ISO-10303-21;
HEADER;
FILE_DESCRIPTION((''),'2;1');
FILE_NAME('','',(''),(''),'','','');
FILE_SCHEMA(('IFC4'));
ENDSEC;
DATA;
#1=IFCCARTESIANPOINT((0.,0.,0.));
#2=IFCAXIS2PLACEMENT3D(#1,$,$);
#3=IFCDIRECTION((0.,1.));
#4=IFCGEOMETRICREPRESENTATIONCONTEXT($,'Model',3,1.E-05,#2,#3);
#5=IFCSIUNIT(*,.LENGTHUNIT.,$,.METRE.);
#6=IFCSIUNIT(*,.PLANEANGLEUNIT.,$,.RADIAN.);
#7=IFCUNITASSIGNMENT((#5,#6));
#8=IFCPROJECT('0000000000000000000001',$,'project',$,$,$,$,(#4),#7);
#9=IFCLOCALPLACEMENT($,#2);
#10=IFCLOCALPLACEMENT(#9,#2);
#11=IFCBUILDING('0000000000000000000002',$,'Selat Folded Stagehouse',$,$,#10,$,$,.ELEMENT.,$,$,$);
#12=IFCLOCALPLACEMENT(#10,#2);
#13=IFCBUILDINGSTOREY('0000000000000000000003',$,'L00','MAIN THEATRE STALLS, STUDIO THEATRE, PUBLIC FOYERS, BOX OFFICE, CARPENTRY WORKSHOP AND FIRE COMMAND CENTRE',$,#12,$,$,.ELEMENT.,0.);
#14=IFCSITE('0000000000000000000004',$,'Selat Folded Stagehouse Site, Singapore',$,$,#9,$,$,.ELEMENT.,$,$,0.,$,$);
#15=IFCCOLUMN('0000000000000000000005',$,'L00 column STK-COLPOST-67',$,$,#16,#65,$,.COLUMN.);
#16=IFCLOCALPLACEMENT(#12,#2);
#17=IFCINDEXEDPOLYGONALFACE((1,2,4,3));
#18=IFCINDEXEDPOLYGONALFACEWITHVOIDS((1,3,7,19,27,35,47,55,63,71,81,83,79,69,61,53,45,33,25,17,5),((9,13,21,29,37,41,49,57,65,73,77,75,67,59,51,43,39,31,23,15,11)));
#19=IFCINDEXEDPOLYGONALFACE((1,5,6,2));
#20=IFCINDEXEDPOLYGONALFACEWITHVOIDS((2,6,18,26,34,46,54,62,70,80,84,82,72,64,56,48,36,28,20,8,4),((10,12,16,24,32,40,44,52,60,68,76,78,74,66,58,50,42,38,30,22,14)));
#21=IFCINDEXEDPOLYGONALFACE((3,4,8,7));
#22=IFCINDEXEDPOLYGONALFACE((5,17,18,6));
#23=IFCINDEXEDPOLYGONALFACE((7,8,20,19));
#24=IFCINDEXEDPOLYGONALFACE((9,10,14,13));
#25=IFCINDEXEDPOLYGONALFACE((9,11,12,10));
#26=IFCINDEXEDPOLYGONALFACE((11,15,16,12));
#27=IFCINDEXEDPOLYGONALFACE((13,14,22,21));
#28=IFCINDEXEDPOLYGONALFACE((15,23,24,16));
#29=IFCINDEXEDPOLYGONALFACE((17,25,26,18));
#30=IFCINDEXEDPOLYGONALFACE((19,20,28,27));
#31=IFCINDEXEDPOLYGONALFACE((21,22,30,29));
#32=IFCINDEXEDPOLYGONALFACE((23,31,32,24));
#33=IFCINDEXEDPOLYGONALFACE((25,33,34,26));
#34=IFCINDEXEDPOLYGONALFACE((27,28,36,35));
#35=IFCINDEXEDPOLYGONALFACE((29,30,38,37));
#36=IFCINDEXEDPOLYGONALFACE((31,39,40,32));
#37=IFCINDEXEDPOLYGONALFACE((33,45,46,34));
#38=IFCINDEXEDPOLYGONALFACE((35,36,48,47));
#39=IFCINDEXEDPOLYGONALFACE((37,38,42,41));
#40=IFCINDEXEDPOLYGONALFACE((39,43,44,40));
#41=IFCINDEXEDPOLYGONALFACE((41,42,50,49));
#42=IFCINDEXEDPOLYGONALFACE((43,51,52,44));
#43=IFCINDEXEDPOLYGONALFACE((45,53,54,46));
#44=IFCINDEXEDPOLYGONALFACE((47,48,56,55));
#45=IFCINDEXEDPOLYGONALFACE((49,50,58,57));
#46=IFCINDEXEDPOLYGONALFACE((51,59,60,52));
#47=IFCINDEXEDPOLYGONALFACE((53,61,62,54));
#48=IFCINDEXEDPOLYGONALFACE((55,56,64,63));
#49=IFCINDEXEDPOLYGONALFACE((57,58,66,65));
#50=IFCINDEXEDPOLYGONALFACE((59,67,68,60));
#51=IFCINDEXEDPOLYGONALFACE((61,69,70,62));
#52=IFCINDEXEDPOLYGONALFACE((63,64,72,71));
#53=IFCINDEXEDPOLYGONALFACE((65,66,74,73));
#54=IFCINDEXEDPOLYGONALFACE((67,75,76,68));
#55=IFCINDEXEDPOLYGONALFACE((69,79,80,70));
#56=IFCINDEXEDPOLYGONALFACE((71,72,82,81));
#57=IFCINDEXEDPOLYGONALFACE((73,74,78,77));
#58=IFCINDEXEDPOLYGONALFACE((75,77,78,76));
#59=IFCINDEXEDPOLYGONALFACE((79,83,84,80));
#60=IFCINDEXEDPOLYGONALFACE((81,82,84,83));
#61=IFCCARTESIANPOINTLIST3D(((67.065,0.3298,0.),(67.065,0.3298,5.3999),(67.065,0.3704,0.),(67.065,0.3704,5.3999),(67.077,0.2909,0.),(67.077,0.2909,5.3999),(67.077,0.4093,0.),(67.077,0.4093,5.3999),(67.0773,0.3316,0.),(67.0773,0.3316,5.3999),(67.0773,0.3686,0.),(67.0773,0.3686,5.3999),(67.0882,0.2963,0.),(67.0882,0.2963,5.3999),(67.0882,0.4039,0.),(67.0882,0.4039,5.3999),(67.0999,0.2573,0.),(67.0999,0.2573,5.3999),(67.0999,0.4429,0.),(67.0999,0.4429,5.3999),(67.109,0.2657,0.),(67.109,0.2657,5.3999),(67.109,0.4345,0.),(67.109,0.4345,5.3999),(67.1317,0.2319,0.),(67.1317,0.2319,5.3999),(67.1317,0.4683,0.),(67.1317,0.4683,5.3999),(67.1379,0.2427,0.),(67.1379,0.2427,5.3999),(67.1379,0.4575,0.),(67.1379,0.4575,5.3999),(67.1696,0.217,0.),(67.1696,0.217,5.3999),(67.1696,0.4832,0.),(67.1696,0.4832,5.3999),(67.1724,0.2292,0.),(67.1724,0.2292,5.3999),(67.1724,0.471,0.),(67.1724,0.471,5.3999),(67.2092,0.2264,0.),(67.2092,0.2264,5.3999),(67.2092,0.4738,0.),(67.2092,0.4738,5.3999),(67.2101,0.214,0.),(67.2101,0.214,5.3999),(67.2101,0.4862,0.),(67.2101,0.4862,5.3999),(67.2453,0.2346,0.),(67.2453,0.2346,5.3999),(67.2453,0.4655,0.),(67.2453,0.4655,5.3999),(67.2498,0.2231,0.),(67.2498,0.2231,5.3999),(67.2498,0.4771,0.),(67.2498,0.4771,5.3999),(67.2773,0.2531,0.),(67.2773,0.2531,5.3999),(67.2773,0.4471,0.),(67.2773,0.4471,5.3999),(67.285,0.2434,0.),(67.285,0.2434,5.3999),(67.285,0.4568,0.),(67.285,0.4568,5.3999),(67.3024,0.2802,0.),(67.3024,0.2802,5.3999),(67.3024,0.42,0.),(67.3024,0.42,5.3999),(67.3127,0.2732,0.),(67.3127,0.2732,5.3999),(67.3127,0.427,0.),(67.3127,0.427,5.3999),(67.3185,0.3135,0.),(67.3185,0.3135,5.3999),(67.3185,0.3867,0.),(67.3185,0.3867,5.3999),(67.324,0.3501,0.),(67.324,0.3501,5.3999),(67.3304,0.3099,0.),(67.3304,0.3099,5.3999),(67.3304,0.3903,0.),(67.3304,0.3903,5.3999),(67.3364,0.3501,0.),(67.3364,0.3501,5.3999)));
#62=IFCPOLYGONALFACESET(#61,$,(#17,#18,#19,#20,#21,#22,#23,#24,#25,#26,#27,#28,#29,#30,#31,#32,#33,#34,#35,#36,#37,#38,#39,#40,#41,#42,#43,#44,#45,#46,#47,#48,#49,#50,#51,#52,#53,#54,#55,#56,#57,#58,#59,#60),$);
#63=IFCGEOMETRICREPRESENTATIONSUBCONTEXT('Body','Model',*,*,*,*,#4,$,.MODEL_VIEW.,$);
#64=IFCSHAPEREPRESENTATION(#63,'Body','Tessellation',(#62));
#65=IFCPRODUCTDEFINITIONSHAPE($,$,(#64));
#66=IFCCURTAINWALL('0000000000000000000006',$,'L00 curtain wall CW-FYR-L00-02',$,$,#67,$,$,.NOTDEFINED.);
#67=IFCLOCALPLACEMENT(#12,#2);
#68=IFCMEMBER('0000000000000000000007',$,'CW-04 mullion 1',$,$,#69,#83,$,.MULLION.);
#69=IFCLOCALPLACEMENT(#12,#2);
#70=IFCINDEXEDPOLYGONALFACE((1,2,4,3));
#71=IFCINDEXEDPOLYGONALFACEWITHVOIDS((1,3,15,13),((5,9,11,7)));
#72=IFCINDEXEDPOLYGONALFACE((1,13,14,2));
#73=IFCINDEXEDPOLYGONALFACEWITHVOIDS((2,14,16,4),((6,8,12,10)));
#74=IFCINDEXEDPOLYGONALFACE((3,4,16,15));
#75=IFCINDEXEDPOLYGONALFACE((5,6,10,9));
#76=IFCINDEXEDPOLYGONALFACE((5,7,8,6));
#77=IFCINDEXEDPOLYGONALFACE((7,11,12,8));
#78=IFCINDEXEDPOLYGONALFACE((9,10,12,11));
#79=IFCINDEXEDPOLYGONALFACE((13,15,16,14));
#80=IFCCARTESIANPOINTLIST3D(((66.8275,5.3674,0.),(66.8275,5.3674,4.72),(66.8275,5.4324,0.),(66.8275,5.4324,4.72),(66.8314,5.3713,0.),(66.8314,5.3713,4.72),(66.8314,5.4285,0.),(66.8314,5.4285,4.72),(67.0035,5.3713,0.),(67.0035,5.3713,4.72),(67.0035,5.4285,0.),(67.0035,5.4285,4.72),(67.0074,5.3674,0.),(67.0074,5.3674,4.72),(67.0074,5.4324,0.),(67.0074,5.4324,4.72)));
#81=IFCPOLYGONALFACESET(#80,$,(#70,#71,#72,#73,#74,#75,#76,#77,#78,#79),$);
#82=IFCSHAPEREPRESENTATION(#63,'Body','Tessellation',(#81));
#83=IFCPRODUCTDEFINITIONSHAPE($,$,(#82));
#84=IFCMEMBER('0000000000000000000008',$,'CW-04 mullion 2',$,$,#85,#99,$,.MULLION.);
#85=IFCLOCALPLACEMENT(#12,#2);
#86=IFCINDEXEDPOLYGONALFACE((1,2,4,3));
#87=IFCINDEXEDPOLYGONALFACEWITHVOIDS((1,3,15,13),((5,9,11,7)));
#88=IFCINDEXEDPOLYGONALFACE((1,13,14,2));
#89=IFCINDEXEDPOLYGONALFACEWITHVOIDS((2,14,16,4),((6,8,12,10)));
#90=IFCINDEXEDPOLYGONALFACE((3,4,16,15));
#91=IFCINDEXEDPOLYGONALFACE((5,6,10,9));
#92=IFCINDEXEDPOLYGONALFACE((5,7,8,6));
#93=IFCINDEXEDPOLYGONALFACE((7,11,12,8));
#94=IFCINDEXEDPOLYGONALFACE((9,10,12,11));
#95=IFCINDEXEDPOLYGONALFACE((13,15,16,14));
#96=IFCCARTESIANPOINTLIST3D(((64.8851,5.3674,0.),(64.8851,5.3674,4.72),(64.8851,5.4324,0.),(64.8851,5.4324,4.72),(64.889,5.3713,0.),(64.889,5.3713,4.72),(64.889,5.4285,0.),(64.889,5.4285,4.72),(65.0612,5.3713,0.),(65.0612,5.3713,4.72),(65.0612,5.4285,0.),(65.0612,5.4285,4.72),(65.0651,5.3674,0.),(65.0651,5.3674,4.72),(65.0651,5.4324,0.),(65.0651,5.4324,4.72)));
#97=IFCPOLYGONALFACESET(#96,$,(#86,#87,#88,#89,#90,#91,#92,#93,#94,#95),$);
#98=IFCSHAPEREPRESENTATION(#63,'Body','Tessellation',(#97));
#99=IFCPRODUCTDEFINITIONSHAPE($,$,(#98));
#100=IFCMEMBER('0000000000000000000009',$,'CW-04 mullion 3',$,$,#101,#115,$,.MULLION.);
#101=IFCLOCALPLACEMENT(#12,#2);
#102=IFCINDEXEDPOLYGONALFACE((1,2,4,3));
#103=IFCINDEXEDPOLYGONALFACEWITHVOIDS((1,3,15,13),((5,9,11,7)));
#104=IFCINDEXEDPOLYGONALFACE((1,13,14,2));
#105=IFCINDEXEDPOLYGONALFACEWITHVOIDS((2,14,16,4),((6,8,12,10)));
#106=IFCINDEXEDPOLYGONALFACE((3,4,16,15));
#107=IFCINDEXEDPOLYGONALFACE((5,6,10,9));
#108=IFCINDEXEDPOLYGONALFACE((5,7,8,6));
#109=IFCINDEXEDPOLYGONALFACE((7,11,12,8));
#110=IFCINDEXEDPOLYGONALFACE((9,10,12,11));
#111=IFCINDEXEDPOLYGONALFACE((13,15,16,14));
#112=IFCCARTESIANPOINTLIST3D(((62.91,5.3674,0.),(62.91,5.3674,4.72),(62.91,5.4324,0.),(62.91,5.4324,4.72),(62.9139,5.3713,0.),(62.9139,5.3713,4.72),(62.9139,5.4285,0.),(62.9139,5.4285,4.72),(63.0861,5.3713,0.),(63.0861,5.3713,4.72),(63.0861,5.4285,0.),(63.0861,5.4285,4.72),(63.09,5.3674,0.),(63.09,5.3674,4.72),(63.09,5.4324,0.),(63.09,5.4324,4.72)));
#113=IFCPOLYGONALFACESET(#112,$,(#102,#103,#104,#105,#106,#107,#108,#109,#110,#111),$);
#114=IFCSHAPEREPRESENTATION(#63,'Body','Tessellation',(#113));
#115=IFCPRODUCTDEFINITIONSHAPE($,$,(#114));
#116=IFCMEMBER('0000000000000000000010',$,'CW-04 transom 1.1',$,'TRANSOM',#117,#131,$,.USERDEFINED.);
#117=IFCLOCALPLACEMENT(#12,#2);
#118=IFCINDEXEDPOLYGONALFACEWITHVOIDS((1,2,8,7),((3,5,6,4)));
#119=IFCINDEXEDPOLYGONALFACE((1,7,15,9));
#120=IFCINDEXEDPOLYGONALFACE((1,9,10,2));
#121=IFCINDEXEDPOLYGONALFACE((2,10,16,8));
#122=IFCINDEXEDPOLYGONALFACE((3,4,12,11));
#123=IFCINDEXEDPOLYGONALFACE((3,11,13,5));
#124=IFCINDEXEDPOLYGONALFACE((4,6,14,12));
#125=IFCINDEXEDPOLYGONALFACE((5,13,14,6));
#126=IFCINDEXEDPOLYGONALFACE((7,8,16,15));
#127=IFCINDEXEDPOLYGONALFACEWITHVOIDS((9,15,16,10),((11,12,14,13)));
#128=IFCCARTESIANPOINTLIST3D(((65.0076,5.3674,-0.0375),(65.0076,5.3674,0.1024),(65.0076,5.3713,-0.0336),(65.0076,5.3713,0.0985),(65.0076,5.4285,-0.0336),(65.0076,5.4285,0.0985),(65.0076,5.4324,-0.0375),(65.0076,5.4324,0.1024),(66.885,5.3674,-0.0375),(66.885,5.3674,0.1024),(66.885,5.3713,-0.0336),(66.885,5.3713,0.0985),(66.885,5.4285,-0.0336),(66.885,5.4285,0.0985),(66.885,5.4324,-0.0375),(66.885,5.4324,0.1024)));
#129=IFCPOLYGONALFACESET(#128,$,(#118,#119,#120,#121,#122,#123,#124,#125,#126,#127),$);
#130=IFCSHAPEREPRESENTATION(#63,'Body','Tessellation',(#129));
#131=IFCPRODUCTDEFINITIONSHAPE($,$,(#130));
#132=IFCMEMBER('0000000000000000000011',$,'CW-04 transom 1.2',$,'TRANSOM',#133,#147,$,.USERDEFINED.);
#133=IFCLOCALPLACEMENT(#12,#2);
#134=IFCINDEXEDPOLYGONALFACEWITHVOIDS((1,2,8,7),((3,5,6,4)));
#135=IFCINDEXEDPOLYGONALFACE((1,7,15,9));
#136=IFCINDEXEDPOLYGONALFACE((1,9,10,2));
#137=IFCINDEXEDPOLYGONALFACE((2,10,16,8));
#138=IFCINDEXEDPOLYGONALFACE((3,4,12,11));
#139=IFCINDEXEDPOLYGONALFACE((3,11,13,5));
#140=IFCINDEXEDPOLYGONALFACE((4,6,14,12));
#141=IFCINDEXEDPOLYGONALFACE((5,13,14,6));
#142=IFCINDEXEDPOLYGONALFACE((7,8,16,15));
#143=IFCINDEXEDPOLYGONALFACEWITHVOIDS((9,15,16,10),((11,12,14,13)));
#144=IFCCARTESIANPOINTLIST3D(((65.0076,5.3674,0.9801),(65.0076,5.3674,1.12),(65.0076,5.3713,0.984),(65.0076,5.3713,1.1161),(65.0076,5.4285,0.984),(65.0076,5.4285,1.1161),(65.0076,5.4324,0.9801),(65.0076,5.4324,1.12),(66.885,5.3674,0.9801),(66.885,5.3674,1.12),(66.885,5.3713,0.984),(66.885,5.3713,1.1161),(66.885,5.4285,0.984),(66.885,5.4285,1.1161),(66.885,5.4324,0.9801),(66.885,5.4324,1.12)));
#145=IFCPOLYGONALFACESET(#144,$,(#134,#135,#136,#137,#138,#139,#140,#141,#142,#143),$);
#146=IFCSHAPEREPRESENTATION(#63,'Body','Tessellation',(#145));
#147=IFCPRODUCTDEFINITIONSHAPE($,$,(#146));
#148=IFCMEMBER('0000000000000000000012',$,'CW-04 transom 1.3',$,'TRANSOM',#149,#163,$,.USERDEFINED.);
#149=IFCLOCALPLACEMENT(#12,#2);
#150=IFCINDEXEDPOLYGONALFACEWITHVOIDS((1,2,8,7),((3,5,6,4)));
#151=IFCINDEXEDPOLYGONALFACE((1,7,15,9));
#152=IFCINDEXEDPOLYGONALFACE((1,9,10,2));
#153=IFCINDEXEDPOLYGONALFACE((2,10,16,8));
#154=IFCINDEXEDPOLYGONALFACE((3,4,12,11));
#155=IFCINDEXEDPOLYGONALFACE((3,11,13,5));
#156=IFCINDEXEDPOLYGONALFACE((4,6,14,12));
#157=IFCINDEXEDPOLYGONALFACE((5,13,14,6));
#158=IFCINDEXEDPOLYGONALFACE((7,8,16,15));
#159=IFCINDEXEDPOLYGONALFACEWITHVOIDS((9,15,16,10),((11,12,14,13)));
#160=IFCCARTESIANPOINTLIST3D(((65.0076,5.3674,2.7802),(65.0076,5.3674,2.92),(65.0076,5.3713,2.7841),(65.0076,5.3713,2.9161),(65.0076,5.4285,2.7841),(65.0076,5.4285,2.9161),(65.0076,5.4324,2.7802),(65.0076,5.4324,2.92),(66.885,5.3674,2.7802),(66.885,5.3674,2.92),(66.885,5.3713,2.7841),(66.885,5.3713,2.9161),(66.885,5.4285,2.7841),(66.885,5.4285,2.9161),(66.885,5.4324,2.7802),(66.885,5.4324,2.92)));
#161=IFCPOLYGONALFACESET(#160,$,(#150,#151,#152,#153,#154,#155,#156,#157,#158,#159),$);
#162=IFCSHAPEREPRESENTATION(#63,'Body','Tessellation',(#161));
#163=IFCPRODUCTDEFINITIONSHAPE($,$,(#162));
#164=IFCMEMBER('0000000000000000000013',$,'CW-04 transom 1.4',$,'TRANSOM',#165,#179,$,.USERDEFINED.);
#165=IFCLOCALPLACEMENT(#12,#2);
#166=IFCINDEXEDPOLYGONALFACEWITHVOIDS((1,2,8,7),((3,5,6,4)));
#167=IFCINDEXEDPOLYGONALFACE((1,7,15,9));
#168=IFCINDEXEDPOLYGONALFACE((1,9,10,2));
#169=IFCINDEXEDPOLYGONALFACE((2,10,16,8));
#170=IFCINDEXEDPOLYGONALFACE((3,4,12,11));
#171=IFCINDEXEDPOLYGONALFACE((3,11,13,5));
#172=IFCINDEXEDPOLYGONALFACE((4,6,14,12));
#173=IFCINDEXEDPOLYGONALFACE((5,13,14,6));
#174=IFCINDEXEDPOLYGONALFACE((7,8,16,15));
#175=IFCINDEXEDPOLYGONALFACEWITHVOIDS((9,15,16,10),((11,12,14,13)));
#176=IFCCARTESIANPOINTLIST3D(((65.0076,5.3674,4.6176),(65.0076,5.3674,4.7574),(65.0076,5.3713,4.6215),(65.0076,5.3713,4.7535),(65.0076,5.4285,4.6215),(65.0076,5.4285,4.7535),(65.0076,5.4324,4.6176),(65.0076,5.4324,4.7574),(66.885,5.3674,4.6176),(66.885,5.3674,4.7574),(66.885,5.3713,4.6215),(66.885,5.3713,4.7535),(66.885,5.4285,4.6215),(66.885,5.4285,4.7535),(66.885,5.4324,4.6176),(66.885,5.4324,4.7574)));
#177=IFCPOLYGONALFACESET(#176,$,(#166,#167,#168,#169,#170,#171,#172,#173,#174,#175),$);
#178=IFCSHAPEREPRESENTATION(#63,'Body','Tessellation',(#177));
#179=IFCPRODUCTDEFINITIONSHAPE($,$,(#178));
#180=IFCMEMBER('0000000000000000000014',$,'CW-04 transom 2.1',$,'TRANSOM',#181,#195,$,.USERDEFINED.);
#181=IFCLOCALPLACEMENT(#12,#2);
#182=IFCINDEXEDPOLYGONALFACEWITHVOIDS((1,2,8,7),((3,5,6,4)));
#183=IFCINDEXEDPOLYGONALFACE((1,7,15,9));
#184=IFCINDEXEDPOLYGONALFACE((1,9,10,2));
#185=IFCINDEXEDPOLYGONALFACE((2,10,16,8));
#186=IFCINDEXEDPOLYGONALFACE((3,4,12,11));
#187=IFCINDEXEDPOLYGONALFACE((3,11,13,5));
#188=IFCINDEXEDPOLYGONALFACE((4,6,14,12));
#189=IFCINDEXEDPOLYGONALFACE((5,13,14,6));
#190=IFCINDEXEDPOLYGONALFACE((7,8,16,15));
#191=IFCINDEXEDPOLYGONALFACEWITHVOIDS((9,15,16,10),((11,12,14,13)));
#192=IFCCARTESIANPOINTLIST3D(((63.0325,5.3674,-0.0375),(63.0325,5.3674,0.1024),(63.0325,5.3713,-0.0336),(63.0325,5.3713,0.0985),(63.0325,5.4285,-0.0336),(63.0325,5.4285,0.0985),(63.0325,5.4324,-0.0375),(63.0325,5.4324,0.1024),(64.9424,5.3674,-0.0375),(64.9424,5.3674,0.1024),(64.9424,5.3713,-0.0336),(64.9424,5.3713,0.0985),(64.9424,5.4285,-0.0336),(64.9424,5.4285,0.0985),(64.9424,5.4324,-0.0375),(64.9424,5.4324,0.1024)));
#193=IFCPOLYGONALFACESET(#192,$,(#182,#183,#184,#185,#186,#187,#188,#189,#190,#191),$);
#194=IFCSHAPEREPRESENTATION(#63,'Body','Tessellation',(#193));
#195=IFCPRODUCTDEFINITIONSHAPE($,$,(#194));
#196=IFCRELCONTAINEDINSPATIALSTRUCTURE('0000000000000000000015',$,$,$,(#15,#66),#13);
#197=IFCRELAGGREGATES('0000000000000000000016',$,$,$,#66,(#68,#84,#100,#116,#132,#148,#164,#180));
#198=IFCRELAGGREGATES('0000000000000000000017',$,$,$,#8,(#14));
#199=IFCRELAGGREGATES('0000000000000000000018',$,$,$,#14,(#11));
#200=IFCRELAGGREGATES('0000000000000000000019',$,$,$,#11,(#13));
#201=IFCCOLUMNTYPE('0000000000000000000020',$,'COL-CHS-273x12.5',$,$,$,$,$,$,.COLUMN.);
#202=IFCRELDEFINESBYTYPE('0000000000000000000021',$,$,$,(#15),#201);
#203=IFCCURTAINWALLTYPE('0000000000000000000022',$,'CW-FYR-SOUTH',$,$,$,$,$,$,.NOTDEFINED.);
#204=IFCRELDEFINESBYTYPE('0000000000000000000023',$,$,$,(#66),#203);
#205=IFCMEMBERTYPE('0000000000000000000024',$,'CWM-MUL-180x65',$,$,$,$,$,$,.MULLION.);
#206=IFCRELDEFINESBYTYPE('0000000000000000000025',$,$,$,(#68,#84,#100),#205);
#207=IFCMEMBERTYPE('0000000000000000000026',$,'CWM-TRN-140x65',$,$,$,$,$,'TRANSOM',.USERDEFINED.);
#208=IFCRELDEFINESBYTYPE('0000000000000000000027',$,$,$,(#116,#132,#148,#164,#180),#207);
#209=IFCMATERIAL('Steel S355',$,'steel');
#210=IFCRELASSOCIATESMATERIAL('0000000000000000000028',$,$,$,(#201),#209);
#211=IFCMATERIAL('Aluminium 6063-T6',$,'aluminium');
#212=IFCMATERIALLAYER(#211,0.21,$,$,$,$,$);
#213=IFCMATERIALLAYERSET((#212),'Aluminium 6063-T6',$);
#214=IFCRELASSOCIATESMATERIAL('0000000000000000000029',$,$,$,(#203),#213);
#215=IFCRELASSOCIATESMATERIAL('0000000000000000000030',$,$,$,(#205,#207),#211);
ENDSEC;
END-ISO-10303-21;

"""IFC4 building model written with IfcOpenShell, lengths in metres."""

from ifc_helpers import new_model, si_unit, direction, frame, origin, origin_2d, place, context, subcontext, project, spatial, hollow_rectangle, hollow_circle, extrude, material, layer, layer_set, material_profile, profile_set, type_object, element, aggregate, save


model = new_model("IFC4")

# Units and contexts
model_context = context("Model", 3, precision=1e-05, world=origin(), true_north=direction((0.0, 1.0)))
body_context = subcontext(model_context, "Body", "Model", "MODEL_VIEW")
ifc_project = project(units=[si_unit("LENGTHUNIT", "METRE"), si_unit("PLANEANGLEUNIT", "RADIAN")], contexts=[model_context])

# Site, building, storey
site_placement = place(None, origin())
site = spatial("IfcSite", under=ifc_project, at=site_placement, Name="Selat Folded Stagehouse Site, Singapore", CompositionType="ELEMENT", RefElevation=0.0)
building_placement = place(site_placement, origin())
building = spatial("IfcBuilding", under=site, at=building_placement, Name="Selat Folded Stagehouse", CompositionType="ELEMENT")
storey_placement = place(building_placement, origin())
storey = spatial("IfcBuildingStorey", under=building, at=storey_placement, Name="L00", Description="MAIN THEATRE STALLS, STUDIO THEATRE, PUBLIC FOYERS, BOX OFFICE, CARPENTRY WORKSHOP AND FIRE COMMAND CENTRE", CompositionType="ELEMENT", Elevation=0.0)

# Column
ifc_material_1 = material(Name="Steel S355", Category="steel")
ifc_material_profile_1 = material_profile(ifc_material_1, hollow_circle(Radius=0.1365, WallThickness=0.0125, at=origin_2d()), Name="CHS 273.0x12.5")
ifc_profile_set_1 = profile_set([ifc_material_profile_1], Name="Steel S355")
column_type = type_object("IfcColumnType", Name="COL-CHS-273x12.5", PredefinedType="COLUMN", material=ifc_profile_set_1)
column_placement = place(storey_placement, frame((67.2, 0.3501, 0.0), z_axis=(0.0, 0.0, 1.0), x_axis=(1.0, 0.0, 0.0)))
element("IfcColumn", 1, at=column_placement, inside=storey, type_object=column_type, Name="L00 column STK-COLPOST-67", PredefinedType="COLUMN", context=body_context, shape_type="SweptSolid", body=[
    extrude(hollow_circle(Radius=0.1365, WallThickness=0.0125, at=origin_2d()), origin(), (0.0, 0.0, 1.0), 5.3999),
])

# Curtain wall, members
ifc_material_2 = material(Name="Aluminium 6063-T6", Category="aluminium")
ifc_layer_1 = layer(ifc_material_2, 0.21)
ifc_layer_set_1 = layer_set([ifc_layer_1], Name="Aluminium 6063-T6")
curtain_wall_type = type_object("IfcCurtainWallType", Name="CW-FYR-SOUTH", PredefinedType="NOTDEFINED", material=ifc_layer_set_1)
curtain_wall_placement = place(storey_placement, origin())
curtain_wall = element("IfcCurtainWall", 2, at=curtain_wall_placement, inside=storey, type_object=curtain_wall_type, Name="L00 curtain wall CW-FYR-L00-02", PredefinedType="NOTDEFINED")
ifc_material_profile_2 = material_profile(ifc_material_2, hollow_rectangle(XDim=0.0649, YDim=0.1799, WallThickness=0.0039, at=origin_2d()), Name="ALU 180x65x4.0")
ifc_profile_set_2 = profile_set([ifc_material_profile_2], Name="Aluminium 6063-T6")
member_type_1 = type_object("IfcMemberType", Name="CWM-MUL-180x65", PredefinedType="MULLION", material=ifc_profile_set_2)
member_1_placement = place(storey_placement, frame((66.9175, 5.3999, 0.0), z_axis=(0.0, 0.0, 1.0), x_axis=(0.0, -1.0, 0.0)))
member_1 = element("IfcMember", 3, at=member_1_placement, type_object=member_type_1, Name="CW-04 mullion 1", PredefinedType="MULLION", context=body_context, shape_type="SweptSolid", body=[
    extrude(hollow_rectangle(XDim=0.0649, YDim=0.1799, WallThickness=0.0039, at=origin_2d()), origin(), (0.0, 0.0, 1.0), 4.72),
])
member_2_placement = place(storey_placement, frame((64.9751, 5.3999, 0.0), z_axis=(0.0, 0.0, 1.0), x_axis=(0.0, -1.0, 0.0)))
member_2 = element("IfcMember", 4, at=member_2_placement, type_object=member_type_1, Name="CW-04 mullion 2", PredefinedType="MULLION", context=body_context, shape_type="SweptSolid", body=[
    extrude(hollow_rectangle(XDim=0.0649, YDim=0.1799, WallThickness=0.0039, at=origin_2d()), origin(), (0.0, 0.0, 1.0), 4.72),
])
member_3_placement = place(storey_placement, frame((63.0, 5.3999, 0.0), z_axis=(0.0, 0.0, 1.0), x_axis=(0.0, -1.0, 0.0)))
member_3 = element("IfcMember", 5, at=member_3_placement, type_object=member_type_1, Name="CW-04 mullion 3", PredefinedType="MULLION", context=body_context, shape_type="SweptSolid", body=[
    extrude(hollow_rectangle(XDim=0.0649, YDim=0.1799, WallThickness=0.0039, at=origin_2d()), origin(), (0.0, 0.0, 1.0), 4.72),
])
ifc_material_profile_3 = material_profile(ifc_material_2, hollow_rectangle(XDim=0.0649, YDim=0.1399, WallThickness=0.0039, at=origin_2d()), Name="ALU 140x65x4.0")
ifc_profile_set_3 = profile_set([ifc_material_profile_3], Name="Aluminium 6063-T6")
member_type_2 = type_object("IfcMemberType", Name="CWM-TRN-140x65", ElementType="TRANSOM", PredefinedType="USERDEFINED", material=ifc_profile_set_3)
member_4_placement = place(storey_placement, frame((66.885, 5.3999, 0.0325), z_axis=(-1.0, 0.0, 0.0), x_axis=(0.0, -1.0, 0.0)))
member_4 = element("IfcMember", 6, at=member_4_placement, type_object=member_type_2, Name="CW-04 transom 1.1", ObjectType="TRANSOM", PredefinedType="USERDEFINED", context=body_context, shape_type="SweptSolid", body=[
    extrude(hollow_rectangle(XDim=0.0649, YDim=0.1399, WallThickness=0.0039, at=origin_2d()), origin(), (0.0, 0.0, 1.0), 1.8774),
])
member_5_placement = place(storey_placement, frame((66.885, 5.3999, 1.05), z_axis=(-1.0, 0.0, 0.0), x_axis=(0.0, -1.0, 0.0)))
member_5 = element("IfcMember", 7, at=member_5_placement, type_object=member_type_2, Name="CW-04 transom 1.2", ObjectType="TRANSOM", PredefinedType="USERDEFINED", context=body_context, shape_type="SweptSolid", body=[
    extrude(hollow_rectangle(XDim=0.0649, YDim=0.1399, WallThickness=0.0039, at=origin_2d()), origin(), (0.0, 0.0, 1.0), 1.8774),
])
member_6_placement = place(storey_placement, frame((66.885, 5.3999, 2.8501), z_axis=(-1.0, 0.0, 0.0), x_axis=(0.0, -1.0, 0.0)))
member_6 = element("IfcMember", 8, at=member_6_placement, type_object=member_type_2, Name="CW-04 transom 1.3", ObjectType="TRANSOM", PredefinedType="USERDEFINED", context=body_context, shape_type="SweptSolid", body=[
    extrude(hollow_rectangle(XDim=0.0649, YDim=0.1399, WallThickness=0.0039, at=origin_2d()), origin(), (0.0, 0.0, 1.0), 1.8774),
])
member_7_placement = place(storey_placement, frame((66.885, 5.3999, 4.6875), z_axis=(-1.0, 0.0, 0.0), x_axis=(0.0, -1.0, 0.0)))
member_7 = element("IfcMember", 9, at=member_7_placement, type_object=member_type_2, Name="CW-04 transom 1.4", ObjectType="TRANSOM", PredefinedType="USERDEFINED", context=body_context, shape_type="SweptSolid", body=[
    extrude(hollow_rectangle(XDim=0.0649, YDim=0.1399, WallThickness=0.0039, at=origin_2d()), origin(), (0.0, 0.0, 1.0), 1.8774),
])
member_8_placement = place(storey_placement, frame((64.9424, 5.3999, 0.0325), z_axis=(-1.0, 0.0, 0.0), x_axis=(0.0, -1.0, 0.0)))
member_8 = element("IfcMember", 10, at=member_8_placement, type_object=member_type_2, Name="CW-04 transom 2.1", ObjectType="TRANSOM", PredefinedType="USERDEFINED", context=body_context, shape_type="SweptSolid", body=[
    extrude(hollow_rectangle(XDim=0.0649, YDim=0.1399, WallThickness=0.0039, at=origin_2d()), origin(), (0.0, 0.0, 1.0), 1.9099),
])

aggregate(curtain_wall, [member_1, member_2, member_3, member_4, member_5, member_6, member_7, member_8])

save(model, "model.ifc")
